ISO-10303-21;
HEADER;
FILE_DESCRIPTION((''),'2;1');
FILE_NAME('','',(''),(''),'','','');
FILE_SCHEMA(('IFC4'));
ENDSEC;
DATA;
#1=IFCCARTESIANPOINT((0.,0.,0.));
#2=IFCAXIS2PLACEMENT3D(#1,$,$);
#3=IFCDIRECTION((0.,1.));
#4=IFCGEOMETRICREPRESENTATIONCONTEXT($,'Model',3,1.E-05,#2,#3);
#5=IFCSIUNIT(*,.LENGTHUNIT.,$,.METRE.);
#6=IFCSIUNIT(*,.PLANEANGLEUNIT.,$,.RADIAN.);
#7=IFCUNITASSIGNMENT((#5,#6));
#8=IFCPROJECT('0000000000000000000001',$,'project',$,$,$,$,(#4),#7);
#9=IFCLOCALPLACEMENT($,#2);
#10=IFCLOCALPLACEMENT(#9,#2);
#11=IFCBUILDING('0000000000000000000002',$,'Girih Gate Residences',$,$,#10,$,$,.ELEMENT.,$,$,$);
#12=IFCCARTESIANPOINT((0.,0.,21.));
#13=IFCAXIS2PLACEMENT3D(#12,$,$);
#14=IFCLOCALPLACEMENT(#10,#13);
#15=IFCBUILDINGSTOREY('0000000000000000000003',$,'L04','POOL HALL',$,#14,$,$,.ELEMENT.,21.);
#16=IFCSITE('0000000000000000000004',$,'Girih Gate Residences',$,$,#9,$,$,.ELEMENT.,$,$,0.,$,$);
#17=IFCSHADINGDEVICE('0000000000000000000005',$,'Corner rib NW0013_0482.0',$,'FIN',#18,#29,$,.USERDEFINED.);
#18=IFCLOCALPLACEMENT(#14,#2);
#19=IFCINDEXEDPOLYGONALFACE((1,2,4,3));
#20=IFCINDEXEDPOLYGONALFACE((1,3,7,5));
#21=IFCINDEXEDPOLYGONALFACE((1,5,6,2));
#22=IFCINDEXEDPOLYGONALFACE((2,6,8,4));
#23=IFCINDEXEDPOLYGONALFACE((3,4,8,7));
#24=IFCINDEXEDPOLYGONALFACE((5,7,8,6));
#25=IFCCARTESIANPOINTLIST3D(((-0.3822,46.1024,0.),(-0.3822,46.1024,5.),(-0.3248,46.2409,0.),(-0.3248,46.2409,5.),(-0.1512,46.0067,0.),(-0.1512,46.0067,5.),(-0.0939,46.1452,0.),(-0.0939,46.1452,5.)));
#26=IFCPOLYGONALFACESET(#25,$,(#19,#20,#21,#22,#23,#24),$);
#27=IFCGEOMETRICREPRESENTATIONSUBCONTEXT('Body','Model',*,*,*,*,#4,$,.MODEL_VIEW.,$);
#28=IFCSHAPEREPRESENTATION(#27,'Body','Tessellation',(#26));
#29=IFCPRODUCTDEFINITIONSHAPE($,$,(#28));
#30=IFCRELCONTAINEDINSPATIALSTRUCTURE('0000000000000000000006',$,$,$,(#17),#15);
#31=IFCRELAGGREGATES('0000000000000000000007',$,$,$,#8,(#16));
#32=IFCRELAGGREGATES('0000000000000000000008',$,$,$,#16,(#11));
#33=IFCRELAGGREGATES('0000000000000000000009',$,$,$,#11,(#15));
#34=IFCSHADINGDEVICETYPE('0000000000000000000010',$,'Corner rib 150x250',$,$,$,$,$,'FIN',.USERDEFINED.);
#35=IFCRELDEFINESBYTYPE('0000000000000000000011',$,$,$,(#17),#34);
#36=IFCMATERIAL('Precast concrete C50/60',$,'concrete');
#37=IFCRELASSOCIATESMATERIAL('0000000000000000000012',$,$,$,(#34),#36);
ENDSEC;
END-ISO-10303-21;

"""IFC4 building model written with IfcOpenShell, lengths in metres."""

from ifc_helpers import new_model, si_unit, direction, frame, origin, origin_2d, place, context, subcontext, project, spatial, rectangle, extrude, material, type_object, element, save


model = new_model("IFC4")

# Units and contexts
model_context = context("Model", 3, precision=1e-05, world=origin(), true_north=direction((0.0, 1.0)))
body_context = subcontext(model_context, "Body", "Model", "MODEL_VIEW")
ifc_project = project(units=[si_unit("LENGTHUNIT", "METRE"), si_unit("PLANEANGLEUNIT", "RADIAN")], contexts=[model_context])

# Site, building, storey
site_placement = place(None, origin())
site = spatial("IfcSite", under=ifc_project, at=site_placement, Name="Girih Gate Residences", CompositionType="ELEMENT", RefElevation=0.0)
building_placement = place(site_placement, origin())
building = spatial("IfcBuilding", under=site, at=building_placement, Name="Girih Gate Residences", CompositionType="ELEMENT")
storey_placement = place(building_placement, frame((0.0, 0.0, 21.0)))
storey = spatial("IfcBuildingStorey", under=building, at=storey_placement, Name="L04", Description="POOL HALL", CompositionType="ELEMENT", Elevation=21.0)

# Shared definitions
ifc_material_1 = material(Name="Precast concrete C50/60", Category="concrete")

# Shading device
shading_device_type = type_object("IfcShadingDeviceType", Name="Corner rib 150x250", ElementType="FIN", PredefinedType="USERDEFINED", material=ifc_material_1)
for number, where, z_axis, x_axis, name in (
    (1, (-0.238, 46.1238, 0.0), (0.0, 0.0, 1.0), (-0.382683, -0.92388, 0.0), "Corner rib NW0013_0482.0"),
):
    element("IfcShadingDevice", number, at=place(storey_placement, frame(where, z_axis=z_axis, x_axis=x_axis)), inside=storey, type_object=shading_device_type, Name=name, ObjectType="FIN", PredefinedType="USERDEFINED", context=body_context, shape_type="SweptSolid", body=[
        extrude(rectangle(XDim=0.1499, YDim=0.25, at=origin_2d()), origin(), (0.0, 0.0, 1.0), 5.0),
    ])

save(model, "model.ifc")
